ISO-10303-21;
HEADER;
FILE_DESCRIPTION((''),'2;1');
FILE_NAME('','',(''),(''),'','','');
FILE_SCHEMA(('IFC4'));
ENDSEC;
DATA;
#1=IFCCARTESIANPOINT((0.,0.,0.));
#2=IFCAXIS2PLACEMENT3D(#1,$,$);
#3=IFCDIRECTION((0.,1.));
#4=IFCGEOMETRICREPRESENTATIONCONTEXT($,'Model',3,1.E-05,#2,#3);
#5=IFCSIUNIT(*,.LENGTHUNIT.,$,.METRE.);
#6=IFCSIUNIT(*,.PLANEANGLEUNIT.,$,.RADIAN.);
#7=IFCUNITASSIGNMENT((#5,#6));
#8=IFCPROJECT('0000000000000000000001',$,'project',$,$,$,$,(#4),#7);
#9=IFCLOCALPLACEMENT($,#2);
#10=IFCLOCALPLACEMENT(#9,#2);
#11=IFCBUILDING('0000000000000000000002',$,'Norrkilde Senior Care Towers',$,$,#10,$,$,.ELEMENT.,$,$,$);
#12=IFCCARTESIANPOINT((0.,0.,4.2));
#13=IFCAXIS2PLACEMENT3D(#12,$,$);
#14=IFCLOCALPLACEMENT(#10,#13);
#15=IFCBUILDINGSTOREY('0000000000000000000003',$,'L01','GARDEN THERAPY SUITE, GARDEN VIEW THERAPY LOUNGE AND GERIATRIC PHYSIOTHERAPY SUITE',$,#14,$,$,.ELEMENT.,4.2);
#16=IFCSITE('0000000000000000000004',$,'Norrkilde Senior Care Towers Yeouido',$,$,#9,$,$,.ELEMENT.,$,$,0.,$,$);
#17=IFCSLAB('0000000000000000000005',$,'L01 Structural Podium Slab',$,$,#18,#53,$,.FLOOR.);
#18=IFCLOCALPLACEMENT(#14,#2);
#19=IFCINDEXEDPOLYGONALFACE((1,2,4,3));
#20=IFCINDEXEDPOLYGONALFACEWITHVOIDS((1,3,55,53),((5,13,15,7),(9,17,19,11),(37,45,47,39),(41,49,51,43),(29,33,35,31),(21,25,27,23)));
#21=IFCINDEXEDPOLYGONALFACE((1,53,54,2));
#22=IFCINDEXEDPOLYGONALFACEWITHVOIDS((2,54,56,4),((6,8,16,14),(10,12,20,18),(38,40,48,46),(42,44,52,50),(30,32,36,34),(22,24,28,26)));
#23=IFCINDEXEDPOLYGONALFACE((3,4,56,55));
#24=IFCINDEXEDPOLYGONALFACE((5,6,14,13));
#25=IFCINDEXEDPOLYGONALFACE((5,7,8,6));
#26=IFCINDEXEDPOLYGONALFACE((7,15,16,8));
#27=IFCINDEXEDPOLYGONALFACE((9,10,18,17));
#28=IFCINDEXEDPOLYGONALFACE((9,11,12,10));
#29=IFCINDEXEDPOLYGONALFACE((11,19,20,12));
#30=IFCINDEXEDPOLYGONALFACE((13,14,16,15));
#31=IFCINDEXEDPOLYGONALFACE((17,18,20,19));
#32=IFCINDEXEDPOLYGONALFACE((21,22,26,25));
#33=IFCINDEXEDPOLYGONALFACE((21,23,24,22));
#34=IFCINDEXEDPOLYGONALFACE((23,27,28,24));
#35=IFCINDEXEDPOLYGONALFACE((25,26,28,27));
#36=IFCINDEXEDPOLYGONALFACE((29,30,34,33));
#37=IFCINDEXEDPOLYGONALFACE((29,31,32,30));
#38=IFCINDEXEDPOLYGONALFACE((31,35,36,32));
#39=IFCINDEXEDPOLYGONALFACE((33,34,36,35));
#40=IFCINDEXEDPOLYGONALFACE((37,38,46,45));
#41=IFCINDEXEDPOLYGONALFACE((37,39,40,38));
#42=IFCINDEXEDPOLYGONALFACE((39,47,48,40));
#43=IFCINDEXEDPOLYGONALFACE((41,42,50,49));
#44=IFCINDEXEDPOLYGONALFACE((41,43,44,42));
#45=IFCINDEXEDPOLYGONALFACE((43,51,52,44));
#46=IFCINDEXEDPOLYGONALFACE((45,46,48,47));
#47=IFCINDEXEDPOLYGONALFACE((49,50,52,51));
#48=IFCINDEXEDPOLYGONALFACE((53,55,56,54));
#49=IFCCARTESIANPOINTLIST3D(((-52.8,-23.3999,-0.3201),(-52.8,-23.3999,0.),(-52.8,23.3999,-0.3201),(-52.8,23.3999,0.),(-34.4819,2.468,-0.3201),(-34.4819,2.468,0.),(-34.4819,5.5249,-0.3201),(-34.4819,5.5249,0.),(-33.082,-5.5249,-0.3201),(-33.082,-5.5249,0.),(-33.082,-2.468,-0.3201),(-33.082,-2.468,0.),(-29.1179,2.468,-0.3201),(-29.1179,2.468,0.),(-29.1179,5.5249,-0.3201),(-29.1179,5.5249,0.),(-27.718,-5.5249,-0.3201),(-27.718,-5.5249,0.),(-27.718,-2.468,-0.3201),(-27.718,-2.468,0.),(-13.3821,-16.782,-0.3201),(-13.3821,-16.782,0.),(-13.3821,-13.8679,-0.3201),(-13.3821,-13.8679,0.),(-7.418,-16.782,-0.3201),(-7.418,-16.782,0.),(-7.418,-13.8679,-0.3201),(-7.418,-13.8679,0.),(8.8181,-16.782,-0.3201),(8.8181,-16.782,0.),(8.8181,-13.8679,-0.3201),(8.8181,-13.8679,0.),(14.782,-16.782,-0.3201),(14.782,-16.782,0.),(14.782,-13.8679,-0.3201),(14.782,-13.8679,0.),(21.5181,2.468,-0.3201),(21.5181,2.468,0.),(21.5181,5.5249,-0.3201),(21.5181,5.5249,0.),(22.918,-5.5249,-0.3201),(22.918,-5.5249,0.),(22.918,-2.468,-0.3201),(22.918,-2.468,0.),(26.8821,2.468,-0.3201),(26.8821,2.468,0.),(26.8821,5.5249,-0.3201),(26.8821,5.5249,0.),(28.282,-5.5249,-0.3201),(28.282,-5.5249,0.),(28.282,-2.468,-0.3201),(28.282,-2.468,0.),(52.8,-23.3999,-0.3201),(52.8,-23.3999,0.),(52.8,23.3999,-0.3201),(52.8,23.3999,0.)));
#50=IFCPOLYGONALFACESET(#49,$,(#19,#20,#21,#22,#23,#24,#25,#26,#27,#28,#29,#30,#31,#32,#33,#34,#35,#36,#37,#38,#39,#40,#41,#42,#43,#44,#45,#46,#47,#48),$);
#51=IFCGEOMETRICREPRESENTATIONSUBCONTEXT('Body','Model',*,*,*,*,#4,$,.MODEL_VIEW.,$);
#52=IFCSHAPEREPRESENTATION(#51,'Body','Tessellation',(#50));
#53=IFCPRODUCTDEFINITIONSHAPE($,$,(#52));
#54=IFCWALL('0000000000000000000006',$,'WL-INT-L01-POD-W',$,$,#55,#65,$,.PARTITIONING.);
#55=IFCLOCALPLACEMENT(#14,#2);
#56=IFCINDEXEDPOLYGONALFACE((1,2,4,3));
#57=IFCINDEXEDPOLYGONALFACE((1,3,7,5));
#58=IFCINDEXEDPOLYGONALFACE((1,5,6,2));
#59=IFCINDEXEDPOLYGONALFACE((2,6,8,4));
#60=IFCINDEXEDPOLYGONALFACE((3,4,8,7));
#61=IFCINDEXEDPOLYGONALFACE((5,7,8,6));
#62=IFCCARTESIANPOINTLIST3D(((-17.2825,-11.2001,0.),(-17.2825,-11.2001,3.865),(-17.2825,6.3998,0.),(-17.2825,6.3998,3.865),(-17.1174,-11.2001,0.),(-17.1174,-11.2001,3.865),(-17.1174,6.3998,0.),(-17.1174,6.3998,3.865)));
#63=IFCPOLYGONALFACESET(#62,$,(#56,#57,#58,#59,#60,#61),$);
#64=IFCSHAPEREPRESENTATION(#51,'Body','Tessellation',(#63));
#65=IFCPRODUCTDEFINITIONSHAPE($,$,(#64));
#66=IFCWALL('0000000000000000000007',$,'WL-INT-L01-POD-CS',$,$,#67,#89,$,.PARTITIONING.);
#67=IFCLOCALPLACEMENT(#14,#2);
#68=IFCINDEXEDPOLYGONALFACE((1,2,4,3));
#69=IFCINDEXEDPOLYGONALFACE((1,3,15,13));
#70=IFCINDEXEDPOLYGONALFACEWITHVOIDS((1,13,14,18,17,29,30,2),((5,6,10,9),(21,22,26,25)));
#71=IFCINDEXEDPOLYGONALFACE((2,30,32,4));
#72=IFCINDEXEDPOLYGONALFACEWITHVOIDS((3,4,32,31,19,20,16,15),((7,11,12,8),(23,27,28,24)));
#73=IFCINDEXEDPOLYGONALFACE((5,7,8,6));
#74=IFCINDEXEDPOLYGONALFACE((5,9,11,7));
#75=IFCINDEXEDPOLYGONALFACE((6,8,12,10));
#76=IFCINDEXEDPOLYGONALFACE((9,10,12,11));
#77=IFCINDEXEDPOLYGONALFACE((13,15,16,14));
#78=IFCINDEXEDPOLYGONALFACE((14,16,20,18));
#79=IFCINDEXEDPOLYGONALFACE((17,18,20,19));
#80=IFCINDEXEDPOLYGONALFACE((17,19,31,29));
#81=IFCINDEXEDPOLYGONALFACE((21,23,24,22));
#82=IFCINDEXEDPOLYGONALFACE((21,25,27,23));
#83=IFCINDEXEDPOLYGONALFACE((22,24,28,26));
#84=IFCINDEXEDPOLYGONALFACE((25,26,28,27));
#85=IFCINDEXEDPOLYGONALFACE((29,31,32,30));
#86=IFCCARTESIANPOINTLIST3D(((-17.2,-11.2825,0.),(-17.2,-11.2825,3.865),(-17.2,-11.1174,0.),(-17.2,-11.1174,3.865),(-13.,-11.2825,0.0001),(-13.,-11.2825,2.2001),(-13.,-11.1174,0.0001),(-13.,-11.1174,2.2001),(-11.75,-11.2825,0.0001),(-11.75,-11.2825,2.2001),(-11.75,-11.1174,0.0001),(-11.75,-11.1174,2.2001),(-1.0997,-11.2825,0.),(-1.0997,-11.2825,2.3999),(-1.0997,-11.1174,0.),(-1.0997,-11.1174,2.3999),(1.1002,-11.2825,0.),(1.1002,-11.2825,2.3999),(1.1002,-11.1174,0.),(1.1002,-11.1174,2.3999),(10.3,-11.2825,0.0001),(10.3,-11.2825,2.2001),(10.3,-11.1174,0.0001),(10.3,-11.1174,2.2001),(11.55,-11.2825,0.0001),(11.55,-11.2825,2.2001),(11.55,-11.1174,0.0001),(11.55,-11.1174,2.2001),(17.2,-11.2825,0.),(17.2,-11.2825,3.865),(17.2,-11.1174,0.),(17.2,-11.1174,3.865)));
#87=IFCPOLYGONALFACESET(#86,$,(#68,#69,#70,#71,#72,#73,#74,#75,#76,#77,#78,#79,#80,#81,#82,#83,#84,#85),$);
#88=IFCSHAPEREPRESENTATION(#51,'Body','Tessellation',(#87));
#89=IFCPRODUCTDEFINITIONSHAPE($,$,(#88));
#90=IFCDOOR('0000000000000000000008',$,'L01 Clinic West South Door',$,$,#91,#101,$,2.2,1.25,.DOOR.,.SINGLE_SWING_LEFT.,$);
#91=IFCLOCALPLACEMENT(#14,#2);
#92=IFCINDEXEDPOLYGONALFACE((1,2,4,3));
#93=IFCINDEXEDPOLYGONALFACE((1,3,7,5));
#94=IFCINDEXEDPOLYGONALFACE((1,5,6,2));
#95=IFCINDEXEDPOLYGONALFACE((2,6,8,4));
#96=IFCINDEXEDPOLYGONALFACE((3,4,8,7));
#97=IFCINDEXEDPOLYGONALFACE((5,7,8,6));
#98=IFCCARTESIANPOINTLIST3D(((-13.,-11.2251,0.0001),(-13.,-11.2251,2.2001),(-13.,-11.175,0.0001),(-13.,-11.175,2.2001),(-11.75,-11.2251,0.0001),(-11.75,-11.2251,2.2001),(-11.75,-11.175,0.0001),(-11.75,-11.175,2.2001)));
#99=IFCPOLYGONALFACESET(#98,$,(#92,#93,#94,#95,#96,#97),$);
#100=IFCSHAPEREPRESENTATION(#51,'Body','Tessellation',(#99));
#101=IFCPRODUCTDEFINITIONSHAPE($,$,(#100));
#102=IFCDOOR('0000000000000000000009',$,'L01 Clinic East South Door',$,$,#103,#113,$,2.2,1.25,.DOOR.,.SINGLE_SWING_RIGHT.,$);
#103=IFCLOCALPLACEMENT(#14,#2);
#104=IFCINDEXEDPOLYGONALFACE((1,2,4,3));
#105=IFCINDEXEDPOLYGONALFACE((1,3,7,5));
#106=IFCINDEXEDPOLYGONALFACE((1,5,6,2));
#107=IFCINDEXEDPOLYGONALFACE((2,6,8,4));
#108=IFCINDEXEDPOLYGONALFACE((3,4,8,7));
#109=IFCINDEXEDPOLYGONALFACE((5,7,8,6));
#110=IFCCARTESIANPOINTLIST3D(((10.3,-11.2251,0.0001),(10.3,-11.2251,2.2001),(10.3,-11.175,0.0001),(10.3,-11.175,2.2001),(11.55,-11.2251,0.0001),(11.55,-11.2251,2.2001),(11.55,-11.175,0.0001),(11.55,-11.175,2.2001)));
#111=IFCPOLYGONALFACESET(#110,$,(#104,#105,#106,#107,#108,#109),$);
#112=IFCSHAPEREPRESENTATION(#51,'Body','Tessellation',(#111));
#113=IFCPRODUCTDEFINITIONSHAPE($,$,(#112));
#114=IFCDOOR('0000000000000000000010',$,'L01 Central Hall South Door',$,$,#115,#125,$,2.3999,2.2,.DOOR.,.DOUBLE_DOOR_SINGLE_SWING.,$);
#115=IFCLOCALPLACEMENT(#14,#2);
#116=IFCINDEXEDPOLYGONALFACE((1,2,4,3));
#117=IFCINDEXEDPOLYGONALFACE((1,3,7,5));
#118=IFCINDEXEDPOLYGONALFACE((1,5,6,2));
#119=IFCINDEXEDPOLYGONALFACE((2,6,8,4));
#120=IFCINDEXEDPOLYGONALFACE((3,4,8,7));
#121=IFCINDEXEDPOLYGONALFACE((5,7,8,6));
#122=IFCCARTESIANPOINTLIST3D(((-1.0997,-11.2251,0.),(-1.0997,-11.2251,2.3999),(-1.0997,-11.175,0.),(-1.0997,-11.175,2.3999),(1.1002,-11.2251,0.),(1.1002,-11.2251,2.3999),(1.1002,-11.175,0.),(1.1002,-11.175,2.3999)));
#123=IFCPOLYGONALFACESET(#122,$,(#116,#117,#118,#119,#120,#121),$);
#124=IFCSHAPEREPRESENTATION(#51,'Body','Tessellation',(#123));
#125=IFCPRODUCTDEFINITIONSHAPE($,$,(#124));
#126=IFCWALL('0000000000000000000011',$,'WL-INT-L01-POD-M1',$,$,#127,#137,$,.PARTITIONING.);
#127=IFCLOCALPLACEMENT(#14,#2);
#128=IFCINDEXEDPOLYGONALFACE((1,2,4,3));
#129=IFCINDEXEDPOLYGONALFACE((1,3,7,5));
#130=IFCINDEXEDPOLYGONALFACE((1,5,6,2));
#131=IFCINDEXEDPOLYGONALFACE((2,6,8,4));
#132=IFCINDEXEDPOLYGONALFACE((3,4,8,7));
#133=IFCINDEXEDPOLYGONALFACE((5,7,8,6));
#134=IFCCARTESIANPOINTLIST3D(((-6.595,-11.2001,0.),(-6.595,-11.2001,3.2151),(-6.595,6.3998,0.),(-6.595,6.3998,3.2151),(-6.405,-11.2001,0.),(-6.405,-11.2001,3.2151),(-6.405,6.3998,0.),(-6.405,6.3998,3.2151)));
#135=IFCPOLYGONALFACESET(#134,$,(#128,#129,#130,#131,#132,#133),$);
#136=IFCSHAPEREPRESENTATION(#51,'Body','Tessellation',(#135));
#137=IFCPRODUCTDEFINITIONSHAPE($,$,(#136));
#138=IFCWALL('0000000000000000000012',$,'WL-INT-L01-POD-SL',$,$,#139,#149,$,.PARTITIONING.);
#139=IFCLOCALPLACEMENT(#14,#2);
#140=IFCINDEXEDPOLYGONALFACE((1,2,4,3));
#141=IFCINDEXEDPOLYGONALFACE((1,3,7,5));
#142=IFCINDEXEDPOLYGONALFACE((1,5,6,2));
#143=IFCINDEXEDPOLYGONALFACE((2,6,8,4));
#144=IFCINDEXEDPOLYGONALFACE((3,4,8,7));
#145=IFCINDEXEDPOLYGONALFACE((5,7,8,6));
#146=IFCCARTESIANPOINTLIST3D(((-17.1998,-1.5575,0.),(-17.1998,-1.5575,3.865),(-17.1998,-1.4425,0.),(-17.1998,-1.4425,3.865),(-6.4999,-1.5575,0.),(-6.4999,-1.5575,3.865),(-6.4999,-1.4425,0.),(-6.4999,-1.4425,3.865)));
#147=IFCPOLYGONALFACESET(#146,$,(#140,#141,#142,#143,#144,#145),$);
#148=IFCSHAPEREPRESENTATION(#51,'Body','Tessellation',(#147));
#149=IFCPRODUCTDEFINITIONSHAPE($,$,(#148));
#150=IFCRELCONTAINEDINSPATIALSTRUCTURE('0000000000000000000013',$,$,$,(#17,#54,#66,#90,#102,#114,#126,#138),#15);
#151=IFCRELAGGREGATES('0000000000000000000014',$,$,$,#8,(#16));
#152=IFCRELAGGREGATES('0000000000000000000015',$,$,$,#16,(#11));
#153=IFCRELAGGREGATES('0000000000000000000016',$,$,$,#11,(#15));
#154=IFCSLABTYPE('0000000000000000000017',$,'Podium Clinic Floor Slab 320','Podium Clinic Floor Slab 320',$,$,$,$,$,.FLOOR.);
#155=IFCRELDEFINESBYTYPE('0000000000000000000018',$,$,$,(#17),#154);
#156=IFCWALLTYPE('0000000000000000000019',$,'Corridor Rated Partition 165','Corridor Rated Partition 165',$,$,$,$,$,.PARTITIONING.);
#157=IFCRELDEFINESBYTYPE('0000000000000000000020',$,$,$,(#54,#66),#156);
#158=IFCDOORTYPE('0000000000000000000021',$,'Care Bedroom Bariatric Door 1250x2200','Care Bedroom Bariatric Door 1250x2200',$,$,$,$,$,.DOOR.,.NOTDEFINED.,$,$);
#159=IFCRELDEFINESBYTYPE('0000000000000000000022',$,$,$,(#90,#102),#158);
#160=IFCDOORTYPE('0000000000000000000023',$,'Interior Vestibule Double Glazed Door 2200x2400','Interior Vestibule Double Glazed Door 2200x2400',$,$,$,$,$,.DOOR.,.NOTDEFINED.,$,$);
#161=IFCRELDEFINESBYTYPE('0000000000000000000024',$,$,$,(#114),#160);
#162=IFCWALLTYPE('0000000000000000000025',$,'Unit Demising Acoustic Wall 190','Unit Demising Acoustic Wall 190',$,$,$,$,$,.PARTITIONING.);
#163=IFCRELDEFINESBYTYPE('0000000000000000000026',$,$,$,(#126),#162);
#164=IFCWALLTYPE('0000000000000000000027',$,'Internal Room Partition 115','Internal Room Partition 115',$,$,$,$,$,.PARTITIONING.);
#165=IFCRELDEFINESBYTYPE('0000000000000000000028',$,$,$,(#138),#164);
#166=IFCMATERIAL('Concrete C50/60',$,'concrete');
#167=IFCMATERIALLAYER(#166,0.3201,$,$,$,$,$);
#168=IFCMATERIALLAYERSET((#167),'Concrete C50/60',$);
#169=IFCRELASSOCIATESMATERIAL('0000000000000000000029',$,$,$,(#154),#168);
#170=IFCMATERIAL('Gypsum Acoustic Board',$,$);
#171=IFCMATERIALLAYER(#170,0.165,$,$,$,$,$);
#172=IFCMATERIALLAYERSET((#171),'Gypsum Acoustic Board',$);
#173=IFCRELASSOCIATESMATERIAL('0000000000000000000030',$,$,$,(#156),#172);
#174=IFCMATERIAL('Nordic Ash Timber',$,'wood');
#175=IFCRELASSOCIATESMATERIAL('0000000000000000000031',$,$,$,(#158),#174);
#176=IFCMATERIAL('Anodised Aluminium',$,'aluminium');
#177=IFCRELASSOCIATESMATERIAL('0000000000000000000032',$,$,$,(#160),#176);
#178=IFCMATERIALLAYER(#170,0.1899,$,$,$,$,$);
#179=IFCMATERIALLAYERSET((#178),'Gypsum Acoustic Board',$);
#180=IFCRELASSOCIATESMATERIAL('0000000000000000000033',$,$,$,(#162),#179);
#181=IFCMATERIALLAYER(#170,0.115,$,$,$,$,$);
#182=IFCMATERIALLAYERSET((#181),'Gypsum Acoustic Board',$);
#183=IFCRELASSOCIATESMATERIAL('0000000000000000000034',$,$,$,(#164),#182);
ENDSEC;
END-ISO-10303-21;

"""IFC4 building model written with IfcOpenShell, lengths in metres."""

from ifc_helpers import new_model, si_unit, direction, frame, frame_2d, origin, place, context, subcontext, project, spatial, polyline, rectangle, outline, extrude, source, transform, mapped, material, layer, layer_set, type_object, type_shapes, element, fill, save


model = new_model("IFC4")

# Units and contexts
model_context = context("Model", 3, precision=1e-05, world=origin(), true_north=direction((0.0, 1.0)))
body_context = subcontext(model_context, "Body", "Model", "MODEL_VIEW")
ifc_project = project(units=[si_unit("LENGTHUNIT", "METRE"), si_unit("PLANEANGLEUNIT", "RADIAN")], contexts=[model_context])

# Site, building, storey
site_placement = place(None, origin())
site = spatial("IfcSite", under=ifc_project, at=site_placement, Name="Norrkilde Senior Care Towers Yeouido", CompositionType="ELEMENT", RefElevation=0.0)
building_placement = place(site_placement, origin())
building = spatial("IfcBuilding", under=site, at=building_placement, Name="Norrkilde Senior Care Towers", CompositionType="ELEMENT")
storey_placement = place(building_placement, frame((0.0, 0.0, 4.2)))
storey = spatial("IfcBuildingStorey", under=building, at=storey_placement, Name="L01", Description="GARDEN THERAPY SUITE, GARDEN VIEW THERAPY LOUNGE AND GERIATRIC PHYSIOTHERAPY SUITE", CompositionType="ELEMENT", Elevation=4.2)

# Slab
ifc_material_1 = material(Name="Concrete C50/60", Category="concrete")
ifc_layer_1 = layer(ifc_material_1, 0.3201)
ifc_layer_set_1 = layer_set([ifc_layer_1], Name="Concrete C50/60")
slab_type_1 = type_object("IfcSlabType", Name="Podium Clinic Floor Slab 320", Description="Podium Clinic Floor Slab 320", PredefinedType="FLOOR", material=ifc_layer_set_1)
slab_1_placement = place(storey_placement, frame((0.0, 0.0, -0.3201)))
element("IfcSlab", 1, at=slab_1_placement, inside=storey, type_object=slab_type_1, Name="L01 Structural Podium Slab", PredefinedType="FLOOR", context=body_context, shape_type="SweptSolid", body=[
    extrude(outline(polyline([(-52.8, 23.3999), (52.8, 23.3999), (52.8, -23.3999), (-52.8, -23.3999), (-52.8, 23.3999)]), holes=[polyline([(-34.4819, 2.468), (-29.1179, 2.468), (-29.1179, 5.5249), (-34.4819, 5.5249), (-34.4819, 2.468)]), polyline([(-27.718, -5.5249), (-27.718, -2.468), (-33.082, -2.468), (-33.082, -5.5249), (-27.718, -5.5249)]), polyline([(26.8821, 5.5249), (21.5181, 5.5249), (21.5181, 2.468), (26.8821, 2.468), (26.8821, 5.5249)]), polyline([(22.918, -2.468), (22.918, -5.5249), (28.282, -5.5249), (28.282, -2.468), (22.918, -2.468)]), polyline([(-7.418, -13.8679), (-13.3821, -13.8679), (-13.3821, -16.782), (-7.418, -16.782), (-7.418, -13.8679)]), polyline([(14.782, -16.782), (14.782, -13.8679), (8.8181, -13.8679), (8.8181, -16.782), (14.782, -16.782)])]), origin(), (0.0, 0.0, 1.0), 0.3201),
])

# Wall
ifc_material_2 = material(Name="Gypsum Acoustic Board")
ifc_layer_2 = layer(ifc_material_2, 0.165)
ifc_layer_set_2 = layer_set([ifc_layer_2], Name="Gypsum Acoustic Board")
wall_type_1 = type_object("IfcWallType", Name="Corridor Rated Partition 165", Description="Corridor Rated Partition 165", PredefinedType="PARTITIONING", material=ifc_layer_set_2)
shared_shape_1 = source(origin(), body_context, "Body", "SweptSolid", [
    extrude(rectangle(XDim=17.5999, YDim=0.165, at=frame_2d((8.7998, 0.0))), origin(), (0.0, 0.0, 1.0), 3.865),
])
wall_1_placement = place(storey_placement, frame((-17.2, -11.2, 0.0), z_axis=(0.0, 0.0, 1.0), x_axis=(0.0, 1.0, 0.0)))
element("IfcWall", 2, at=wall_1_placement, inside=storey, type_object=wall_type_1, Name="WL-INT-L01-POD-W", PredefinedType="PARTITIONING", context=body_context, shape_type="MappedRepresentation", body=[
    mapped(shared_shape_1, transform((0.0, 0.0, 0.0), x_axis=(1.0, 0.0, 0.0), y_axis=(0.0, 1.0, 0.0), z_axis=(0.0, 0.0, 1.0), scale=1.0)),
])

# Wall, openings, doors
shared_shape_2 = source(origin(), body_context, "Body", "SweptSolid", [
    extrude(rectangle(XDim=34.3999, YDim=0.165, at=frame_2d((17.2, 0.0))), origin(), (0.0, 0.0, 1.0), 3.865),
])
wall_2_placement = place(storey_placement, frame((-17.2, -11.2, 0.0), z_axis=(0.0, 0.0, 1.0), x_axis=(1.0, 0.0, 0.0)))
wall_2 = element("IfcWall", 3, at=wall_2_placement, inside=storey, type_object=wall_type_1, Name="WL-INT-L01-POD-CS", PredefinedType="PARTITIONING", context=body_context, shape_type="MappedRepresentation", body=[
    mapped(shared_shape_2, transform((0.0, 0.0, 0.0), x_axis=(1.0, 0.0, 0.0), y_axis=(0.0, 1.0, 0.0), z_axis=(0.0, 0.0, 1.0), scale=1.0)),
])
opening_1_placement = place(wall_2_placement, frame((4.2, 0.0, 0.0)))
opening_1 = element("IfcOpeningElement", 4, at=opening_1_placement, cuts=wall_2, PredefinedType="OPENING", context=body_context, shape_type="SweptSolid", body=[
    extrude(rectangle(XDim=1.25, YDim=2.2, at=frame_2d((0.625, 1.1001))), frame((0.0, 0.0925, 0.0), z_axis=(0.0, -1.0, 0.0), x_axis=(1.0, 0.0, 0.0)), (0.0, 0.0, 1.0), 0.1851),
])
opening_2_placement = place(wall_2_placement, frame((16.1001, 0.0, 0.0)))
opening_2 = element("IfcOpeningElement", 5, at=opening_2_placement, cuts=wall_2, PredefinedType="OPENING", context=body_context, shape_type="SweptSolid", body=[
    extrude(rectangle(XDim=2.2, YDim=2.3999, at=frame_2d((1.1001, 1.2))), frame((0.0, 0.0925, 0.0), z_axis=(0.0, -1.0, 0.0), x_axis=(1.0, 0.0, 0.0)), (0.0, 0.0, 1.0), 0.1851),
])
opening_3_placement = place(wall_2_placement, frame((27.5, 0.0, 0.0)))
opening_3 = element("IfcOpeningElement", 6, at=opening_3_placement, cuts=wall_2, PredefinedType="OPENING", context=body_context, shape_type="SweptSolid", body=[
    extrude(rectangle(XDim=1.25, YDim=2.2, at=frame_2d((0.625, 1.1001))), frame((0.0, 0.0925, 0.0), z_axis=(0.0, -1.0, 0.0), x_axis=(1.0, 0.0, 0.0)), (0.0, 0.0, 1.0), 0.1851),
])
ifc_material_3 = material(Name="Nordic Ash Timber", Category="wood")
door_type_1 = type_object("IfcDoorType", Name="Care Bedroom Bariatric Door 1250x2200", Description="Care Bedroom Bariatric Door 1250x2200", OperationType="NOTDEFINED", PredefinedType="DOOR", material=ifc_material_3)
shared_shape_3 = source(origin(), body_context, "Body", "SweptSolid", [
    extrude(rectangle(XDim=1.25, YDim=2.2, at=frame_2d((0.625, 1.1001))), frame((0.0, 0.0249, 0.0), z_axis=(0.0, -1.0, 0.0), x_axis=(1.0, 0.0, 0.0)), (0.0, 0.0, 1.0), 0.05),
])
type_shapes(door_type_1, [shared_shape_3])
door_1_placement = place(opening_1_placement, origin())
door_1 = element("IfcDoor", 7, at=door_1_placement, inside=storey, type_object=door_type_1, Name="L01 Clinic West South Door", OperationType="SINGLE_SWING_LEFT", OverallHeight=2.2, OverallWidth=1.25, PredefinedType="DOOR", context=body_context, shape_type="MappedRepresentation", body=[
    mapped(shared_shape_3, transform((0.0, 0.0, 0.0), x_axis=(1.0, 0.0, 0.0), y_axis=(0.0, 1.0, 0.0), z_axis=(0.0, 0.0, 1.0), scale=1.0)),
])
fill(opening_1, door_1)
door_2_placement = place(opening_3_placement, origin())
door_2 = element("IfcDoor", 8, at=door_2_placement, inside=storey, type_object=door_type_1, Name="L01 Clinic East South Door", OperationType="SINGLE_SWING_RIGHT", OverallHeight=2.2, OverallWidth=1.25, PredefinedType="DOOR", context=body_context, shape_type="MappedRepresentation", body=[
    mapped(shared_shape_3, transform((0.0, 0.0, 0.0), x_axis=(1.0, 0.0, 0.0), y_axis=(0.0, 1.0, 0.0), z_axis=(0.0, 0.0, 1.0), scale=1.0)),
])
fill(opening_3, door_2)
ifc_material_4 = material(Name="Anodised Aluminium", Category="aluminium")
door_type_2 = type_object("IfcDoorType", Name="Interior Vestibule Double Glazed Door 2200x2400", Description="Interior Vestibule Double Glazed Door 2200x2400", OperationType="NOTDEFINED", PredefinedType="DOOR", material=ifc_material_4)
shared_shape_4 = source(origin(), body_context, "Body", "SweptSolid", [
    extrude(rectangle(XDim=2.2, YDim=2.3999, at=frame_2d((1.1001, 1.2))), frame((0.0, 0.0249, 0.0), z_axis=(0.0, -1.0, 0.0), x_axis=(1.0, 0.0, 0.0)), (0.0, 0.0, 1.0), 0.05),
])
type_shapes(door_type_2, [shared_shape_4])
door_3_placement = place(opening_2_placement, origin())
door_3 = element("IfcDoor", 9, at=door_3_placement, inside=storey, type_object=door_type_2, Name="L01 Central Hall South Door", OperationType="DOUBLE_DOOR_SINGLE_SWING", OverallHeight=2.3999, OverallWidth=2.2, PredefinedType="DOOR", context=body_context, shape_type="MappedRepresentation", body=[
    mapped(shared_shape_4, transform((0.0, 0.0, 0.0), x_axis=(1.0, 0.0, 0.0), y_axis=(0.0, 1.0, 0.0), z_axis=(0.0, 0.0, 1.0), scale=1.0)),
])
fill(opening_2, door_3)

# Walls
ifc_layer_3 = layer(ifc_material_2, 0.1899)
ifc_layer_set_3 = layer_set([ifc_layer_3], Name="Gypsum Acoustic Board")
wall_type_2 = type_object("IfcWallType", Name="Unit Demising Acoustic Wall 190", Description="Unit Demising Acoustic Wall 190", PredefinedType="PARTITIONING", material=ifc_layer_set_3)
shared_shape_5 = source(origin(), body_context, "Body", "SweptSolid", [
    extrude(rectangle(XDim=17.5999, YDim=0.1899, at=frame_2d((8.7998, 0.0))), origin(), (0.0, 0.0, 1.0), 3.2151),
])
type_shapes(wall_type_2, [shared_shape_5])
wall_3_placement = place(storey_placement, frame((-6.5, -11.2, 0.0), z_axis=(0.0, 0.0, 1.0), x_axis=(0.0, 1.0, 0.0)))
element("IfcWall", 10, at=wall_3_placement, inside=storey, type_object=wall_type_2, Name="WL-INT-L01-POD-M1", PredefinedType="PARTITIONING", context=body_context, shape_type="MappedRepresentation", body=[
    mapped(shared_shape_5, transform((0.0, 0.0, 0.0), x_axis=(1.0, 0.0, 0.0), y_axis=(0.0, 1.0, 0.0), z_axis=(0.0, 0.0, 1.0), scale=1.0)),
])
ifc_layer_4 = layer(ifc_material_2, 0.115)
ifc_layer_set_4 = layer_set([ifc_layer_4], Name="Gypsum Acoustic Board")
wall_type_3 = type_object("IfcWallType", Name="Internal Room Partition 115", Description="Internal Room Partition 115", PredefinedType="PARTITIONING", material=ifc_layer_set_4)
shared_shape_6 = source(origin(), body_context, "Body", "SweptSolid", [
    extrude(rectangle(XDim=10.7, YDim=0.115, at=frame_2d((5.3501, 0.0))), origin(), (0.0, 0.0, 1.0), 3.865),
])
type_shapes(wall_type_3, [shared_shape_6])
wall_4_placement = place(storey_placement, frame((-17.2, -1.5, 0.0), z_axis=(0.0, 0.0, 1.0), x_axis=(1.0, 0.0, 0.0)))
element("IfcWall", 11, at=wall_4_placement, inside=storey, type_object=wall_type_3, Name="WL-INT-L01-POD-SL", PredefinedType="PARTITIONING", context=body_context, shape_type="MappedRepresentation", body=[
    mapped(shared_shape_6, transform((0.0, 0.0, 0.0), x_axis=(1.0, 0.0, 0.0), y_axis=(0.0, 1.0, 0.0), z_axis=(0.0, 0.0, 1.0), scale=1.0)),
])

save(model, "model.ifc")
